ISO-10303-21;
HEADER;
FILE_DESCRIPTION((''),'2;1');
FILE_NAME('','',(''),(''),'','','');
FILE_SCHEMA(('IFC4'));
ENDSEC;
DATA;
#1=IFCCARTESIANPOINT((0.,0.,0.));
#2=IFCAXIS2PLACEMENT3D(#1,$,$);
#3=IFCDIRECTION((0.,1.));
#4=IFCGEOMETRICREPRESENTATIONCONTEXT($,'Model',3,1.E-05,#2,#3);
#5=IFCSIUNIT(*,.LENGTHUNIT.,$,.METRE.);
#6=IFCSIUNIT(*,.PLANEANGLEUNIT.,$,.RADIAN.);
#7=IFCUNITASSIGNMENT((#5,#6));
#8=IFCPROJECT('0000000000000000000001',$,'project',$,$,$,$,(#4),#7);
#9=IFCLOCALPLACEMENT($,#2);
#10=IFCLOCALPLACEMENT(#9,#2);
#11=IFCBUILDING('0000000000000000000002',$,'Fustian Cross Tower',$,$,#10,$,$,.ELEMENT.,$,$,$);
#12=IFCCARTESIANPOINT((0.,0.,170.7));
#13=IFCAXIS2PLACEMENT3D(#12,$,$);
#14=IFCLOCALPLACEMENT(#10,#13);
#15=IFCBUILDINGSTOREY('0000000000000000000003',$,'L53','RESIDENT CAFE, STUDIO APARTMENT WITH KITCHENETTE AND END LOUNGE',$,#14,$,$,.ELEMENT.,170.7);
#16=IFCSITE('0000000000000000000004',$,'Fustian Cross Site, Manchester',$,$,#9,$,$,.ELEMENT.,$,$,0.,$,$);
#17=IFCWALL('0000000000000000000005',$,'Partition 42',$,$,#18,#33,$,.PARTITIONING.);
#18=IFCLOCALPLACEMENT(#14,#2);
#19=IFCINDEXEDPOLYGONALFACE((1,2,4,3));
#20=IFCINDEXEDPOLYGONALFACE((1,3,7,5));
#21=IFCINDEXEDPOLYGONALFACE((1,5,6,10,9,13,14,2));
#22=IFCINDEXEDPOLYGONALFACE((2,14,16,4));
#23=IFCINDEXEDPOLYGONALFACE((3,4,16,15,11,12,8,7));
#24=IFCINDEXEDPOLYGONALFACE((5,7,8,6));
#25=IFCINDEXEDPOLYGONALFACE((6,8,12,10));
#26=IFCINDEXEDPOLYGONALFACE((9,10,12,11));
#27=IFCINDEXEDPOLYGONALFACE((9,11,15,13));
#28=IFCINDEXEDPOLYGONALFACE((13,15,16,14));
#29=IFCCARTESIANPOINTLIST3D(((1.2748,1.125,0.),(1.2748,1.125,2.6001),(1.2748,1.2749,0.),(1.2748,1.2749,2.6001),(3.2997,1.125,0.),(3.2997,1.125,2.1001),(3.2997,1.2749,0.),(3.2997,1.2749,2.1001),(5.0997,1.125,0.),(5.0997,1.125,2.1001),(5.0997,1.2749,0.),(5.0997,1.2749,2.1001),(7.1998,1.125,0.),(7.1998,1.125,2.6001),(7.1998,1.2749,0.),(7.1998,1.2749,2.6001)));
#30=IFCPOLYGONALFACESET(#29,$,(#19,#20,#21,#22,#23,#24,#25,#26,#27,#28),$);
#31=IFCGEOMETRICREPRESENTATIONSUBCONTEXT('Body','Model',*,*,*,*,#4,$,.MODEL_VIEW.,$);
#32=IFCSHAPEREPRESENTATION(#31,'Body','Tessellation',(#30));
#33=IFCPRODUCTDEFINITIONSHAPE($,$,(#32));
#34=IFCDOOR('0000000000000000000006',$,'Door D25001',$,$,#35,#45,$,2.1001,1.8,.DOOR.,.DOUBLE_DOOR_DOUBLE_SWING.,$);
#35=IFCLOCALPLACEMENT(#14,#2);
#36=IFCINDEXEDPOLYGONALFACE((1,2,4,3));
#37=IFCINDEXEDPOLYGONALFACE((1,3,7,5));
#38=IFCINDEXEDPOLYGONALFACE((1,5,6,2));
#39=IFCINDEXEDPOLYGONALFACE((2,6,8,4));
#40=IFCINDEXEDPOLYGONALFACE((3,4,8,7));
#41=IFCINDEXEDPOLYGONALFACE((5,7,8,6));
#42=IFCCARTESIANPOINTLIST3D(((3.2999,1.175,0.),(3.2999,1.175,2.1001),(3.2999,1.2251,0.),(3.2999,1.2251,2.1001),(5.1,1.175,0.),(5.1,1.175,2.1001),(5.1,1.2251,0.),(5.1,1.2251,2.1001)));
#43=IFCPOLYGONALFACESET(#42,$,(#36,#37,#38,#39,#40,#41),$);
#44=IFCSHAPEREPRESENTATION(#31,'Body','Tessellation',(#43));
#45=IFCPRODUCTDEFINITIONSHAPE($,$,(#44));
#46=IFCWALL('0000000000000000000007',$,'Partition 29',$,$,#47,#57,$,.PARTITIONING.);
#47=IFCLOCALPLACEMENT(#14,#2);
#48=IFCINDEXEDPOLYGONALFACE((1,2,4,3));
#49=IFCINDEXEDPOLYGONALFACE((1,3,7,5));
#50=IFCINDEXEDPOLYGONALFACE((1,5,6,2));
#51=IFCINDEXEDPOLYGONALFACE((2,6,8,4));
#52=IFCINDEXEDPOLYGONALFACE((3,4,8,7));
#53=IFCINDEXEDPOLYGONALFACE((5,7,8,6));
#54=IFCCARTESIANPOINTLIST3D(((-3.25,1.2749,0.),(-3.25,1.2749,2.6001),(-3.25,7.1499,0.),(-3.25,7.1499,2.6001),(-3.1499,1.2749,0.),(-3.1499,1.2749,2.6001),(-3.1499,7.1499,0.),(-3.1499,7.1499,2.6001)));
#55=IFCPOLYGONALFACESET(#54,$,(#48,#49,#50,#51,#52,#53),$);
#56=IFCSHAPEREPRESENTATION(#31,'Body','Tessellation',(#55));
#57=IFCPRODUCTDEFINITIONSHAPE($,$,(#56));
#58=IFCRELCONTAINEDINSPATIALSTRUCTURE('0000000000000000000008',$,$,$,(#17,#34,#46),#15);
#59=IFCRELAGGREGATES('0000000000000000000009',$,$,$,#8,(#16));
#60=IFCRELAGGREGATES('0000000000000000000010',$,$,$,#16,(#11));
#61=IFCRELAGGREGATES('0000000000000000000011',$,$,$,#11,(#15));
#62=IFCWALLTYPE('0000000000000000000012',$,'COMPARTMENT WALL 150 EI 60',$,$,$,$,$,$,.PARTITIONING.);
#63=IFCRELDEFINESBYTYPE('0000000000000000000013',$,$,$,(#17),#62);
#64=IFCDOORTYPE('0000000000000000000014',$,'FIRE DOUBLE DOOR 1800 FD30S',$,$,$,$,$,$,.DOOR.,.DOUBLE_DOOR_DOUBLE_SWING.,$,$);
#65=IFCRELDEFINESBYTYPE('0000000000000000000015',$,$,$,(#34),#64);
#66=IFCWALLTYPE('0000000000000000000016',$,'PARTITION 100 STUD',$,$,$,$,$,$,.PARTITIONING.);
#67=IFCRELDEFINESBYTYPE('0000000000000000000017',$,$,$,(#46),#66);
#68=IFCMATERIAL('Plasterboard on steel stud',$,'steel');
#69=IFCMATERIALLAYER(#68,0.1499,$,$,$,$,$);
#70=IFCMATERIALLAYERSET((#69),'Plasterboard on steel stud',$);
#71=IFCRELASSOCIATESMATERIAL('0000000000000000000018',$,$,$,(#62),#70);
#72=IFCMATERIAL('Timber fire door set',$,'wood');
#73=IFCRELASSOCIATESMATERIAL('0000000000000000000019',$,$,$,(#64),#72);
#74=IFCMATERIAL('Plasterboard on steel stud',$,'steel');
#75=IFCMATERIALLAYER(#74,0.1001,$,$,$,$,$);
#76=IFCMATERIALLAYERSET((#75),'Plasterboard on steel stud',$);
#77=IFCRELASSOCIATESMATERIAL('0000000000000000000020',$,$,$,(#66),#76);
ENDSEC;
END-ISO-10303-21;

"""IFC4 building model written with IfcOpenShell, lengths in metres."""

from ifc_helpers import new_model, si_unit, direction, frame, frame_2d, origin, place, context, subcontext, project, spatial, rectangle, extrude, material, layer, layer_set, type_object, element, fill, save


model = new_model("IFC4")

# Units and contexts
model_context = context("Model", 3, precision=1e-05, world=origin(), true_north=direction((0.0, 1.0)))
body_context = subcontext(model_context, "Body", "Model", "MODEL_VIEW")
ifc_project = project(units=[si_unit("LENGTHUNIT", "METRE"), si_unit("PLANEANGLEUNIT", "RADIAN")], contexts=[model_context])

# Site, building, storey
site_placement = place(None, origin())
site = spatial("IfcSite", under=ifc_project, at=site_placement, Name="Fustian Cross Site, Manchester", CompositionType="ELEMENT", RefElevation=0.0)
building_placement = place(site_placement, origin())
building = spatial("IfcBuilding", under=site, at=building_placement, Name="Fustian Cross Tower", CompositionType="ELEMENT")
storey_placement = place(building_placement, frame((0.0, 0.0, 170.7)))
storey = spatial("IfcBuildingStorey", under=building, at=storey_placement, Name="L53", Description="RESIDENT CAFE, STUDIO APARTMENT WITH KITCHENETTE AND END LOUNGE", CompositionType="ELEMENT", Elevation=170.7)

# Shared definitions
ifc_material_1 = material(Name="Plasterboard on steel stud", Category="steel")
ifc_layer_1 = layer(ifc_material_1, 0.1499)
ifc_layer_set_1 = layer_set([ifc_layer_1], Name="Plasterboard on steel stud")
wall_type_1 = type_object("IfcWallType", Name="COMPARTMENT WALL 150 EI 60", PredefinedType="PARTITIONING", material=ifc_layer_set_1)

# Wall, opening, door
wall_1_placement = place(storey_placement, frame((1.2749, 1.2, 0.0), z_axis=(0.0, 0.0, 1.0), x_axis=(1.0, 0.0, 0.0)))
wall_1 = element("IfcWall", 1, at=wall_1_placement, inside=storey, type_object=wall_type_1, Name="Partition 42", PredefinedType="PARTITIONING", context=body_context, shape_type="SweptSolid", body=[
    extrude(rectangle(XDim=5.925, YDim=0.1499, at=frame_2d((2.9624, 0.0))), origin(), (0.0, 0.0, 1.0), 2.6001),
])
opening_1_placement = place(wall_1_placement, frame((2.0249, 0.0, 0.0)))
opening_1 = element("IfcOpeningElement", 2, at=opening_1_placement, cuts=wall_1, PredefinedType="OPENING", context=body_context, shape_type="SweptSolid", body=[
    extrude(rectangle(XDim=1.8, YDim=2.1001, at=frame_2d((0.8999, 1.05))), frame((0.0, 0.085, 0.0), z_axis=(0.0, -1.0, 0.0), x_axis=(1.0, 0.0, 0.0)), (0.0, 0.0, 1.0), 0.1699),
])
ifc_material_2 = material(Name="Timber fire door set", Category="wood")
door_type_1 = type_object("IfcDoorType", Name="FIRE DOUBLE DOOR 1800 FD30S", OperationType="DOUBLE_DOOR_DOUBLE_SWING", PredefinedType="DOOR", material=ifc_material_2)
door_1_placement = place(opening_1_placement, frame((1.8, 0.0, 0.0), z_axis=(0.0, 0.0, 1.0), x_axis=(-1.0, 0.0, 0.0)))
door_1 = element("IfcDoor", 3, at=door_1_placement, inside=storey, type_object=door_type_1, Name="Door D25001", OperationType="DOUBLE_DOOR_DOUBLE_SWING", OverallHeight=2.1001, OverallWidth=1.8, PredefinedType="DOOR", context=body_context, shape_type="SweptSolid", body=[
    extrude(rectangle(XDim=1.8, YDim=2.1001, at=frame_2d((0.8999, 1.05))), frame((0.0, 0.0249, 0.0), z_axis=(0.0, -1.0, 0.0), x_axis=(1.0, 0.0, 0.0)), (0.0, 0.0, 1.0), 0.05),
])
fill(opening_1, door_1)

# Wall
ifc_material_3 = material(Name="Plasterboard on steel stud", Category="steel")
ifc_layer_2 = layer(ifc_material_3, 0.1001)
ifc_layer_set_2 = layer_set([ifc_layer_2], Name="Plasterboard on steel stud")
wall_type_2 = type_object("IfcWallType", Name="PARTITION 100 STUD", PredefinedType="PARTITIONING", material=ifc_layer_set_2)
wall_2_placement = place(storey_placement, frame((-3.2, 1.2749, 0.0), z_axis=(0.0, 0.0, 1.0), x_axis=(0.0, 1.0, 0.0)))
element("IfcWall", 4, at=wall_2_placement, inside=storey, type_object=wall_type_2, Name="Partition 29", PredefinedType="PARTITIONING", context=body_context, shape_type="SweptSolid", body=[
    extrude(rectangle(XDim=5.875, YDim=0.1001, at=frame_2d((2.9375, 0.0))), origin(), (0.0, 0.0, 1.0), 2.6001),
])

save(model, "model.ifc")
